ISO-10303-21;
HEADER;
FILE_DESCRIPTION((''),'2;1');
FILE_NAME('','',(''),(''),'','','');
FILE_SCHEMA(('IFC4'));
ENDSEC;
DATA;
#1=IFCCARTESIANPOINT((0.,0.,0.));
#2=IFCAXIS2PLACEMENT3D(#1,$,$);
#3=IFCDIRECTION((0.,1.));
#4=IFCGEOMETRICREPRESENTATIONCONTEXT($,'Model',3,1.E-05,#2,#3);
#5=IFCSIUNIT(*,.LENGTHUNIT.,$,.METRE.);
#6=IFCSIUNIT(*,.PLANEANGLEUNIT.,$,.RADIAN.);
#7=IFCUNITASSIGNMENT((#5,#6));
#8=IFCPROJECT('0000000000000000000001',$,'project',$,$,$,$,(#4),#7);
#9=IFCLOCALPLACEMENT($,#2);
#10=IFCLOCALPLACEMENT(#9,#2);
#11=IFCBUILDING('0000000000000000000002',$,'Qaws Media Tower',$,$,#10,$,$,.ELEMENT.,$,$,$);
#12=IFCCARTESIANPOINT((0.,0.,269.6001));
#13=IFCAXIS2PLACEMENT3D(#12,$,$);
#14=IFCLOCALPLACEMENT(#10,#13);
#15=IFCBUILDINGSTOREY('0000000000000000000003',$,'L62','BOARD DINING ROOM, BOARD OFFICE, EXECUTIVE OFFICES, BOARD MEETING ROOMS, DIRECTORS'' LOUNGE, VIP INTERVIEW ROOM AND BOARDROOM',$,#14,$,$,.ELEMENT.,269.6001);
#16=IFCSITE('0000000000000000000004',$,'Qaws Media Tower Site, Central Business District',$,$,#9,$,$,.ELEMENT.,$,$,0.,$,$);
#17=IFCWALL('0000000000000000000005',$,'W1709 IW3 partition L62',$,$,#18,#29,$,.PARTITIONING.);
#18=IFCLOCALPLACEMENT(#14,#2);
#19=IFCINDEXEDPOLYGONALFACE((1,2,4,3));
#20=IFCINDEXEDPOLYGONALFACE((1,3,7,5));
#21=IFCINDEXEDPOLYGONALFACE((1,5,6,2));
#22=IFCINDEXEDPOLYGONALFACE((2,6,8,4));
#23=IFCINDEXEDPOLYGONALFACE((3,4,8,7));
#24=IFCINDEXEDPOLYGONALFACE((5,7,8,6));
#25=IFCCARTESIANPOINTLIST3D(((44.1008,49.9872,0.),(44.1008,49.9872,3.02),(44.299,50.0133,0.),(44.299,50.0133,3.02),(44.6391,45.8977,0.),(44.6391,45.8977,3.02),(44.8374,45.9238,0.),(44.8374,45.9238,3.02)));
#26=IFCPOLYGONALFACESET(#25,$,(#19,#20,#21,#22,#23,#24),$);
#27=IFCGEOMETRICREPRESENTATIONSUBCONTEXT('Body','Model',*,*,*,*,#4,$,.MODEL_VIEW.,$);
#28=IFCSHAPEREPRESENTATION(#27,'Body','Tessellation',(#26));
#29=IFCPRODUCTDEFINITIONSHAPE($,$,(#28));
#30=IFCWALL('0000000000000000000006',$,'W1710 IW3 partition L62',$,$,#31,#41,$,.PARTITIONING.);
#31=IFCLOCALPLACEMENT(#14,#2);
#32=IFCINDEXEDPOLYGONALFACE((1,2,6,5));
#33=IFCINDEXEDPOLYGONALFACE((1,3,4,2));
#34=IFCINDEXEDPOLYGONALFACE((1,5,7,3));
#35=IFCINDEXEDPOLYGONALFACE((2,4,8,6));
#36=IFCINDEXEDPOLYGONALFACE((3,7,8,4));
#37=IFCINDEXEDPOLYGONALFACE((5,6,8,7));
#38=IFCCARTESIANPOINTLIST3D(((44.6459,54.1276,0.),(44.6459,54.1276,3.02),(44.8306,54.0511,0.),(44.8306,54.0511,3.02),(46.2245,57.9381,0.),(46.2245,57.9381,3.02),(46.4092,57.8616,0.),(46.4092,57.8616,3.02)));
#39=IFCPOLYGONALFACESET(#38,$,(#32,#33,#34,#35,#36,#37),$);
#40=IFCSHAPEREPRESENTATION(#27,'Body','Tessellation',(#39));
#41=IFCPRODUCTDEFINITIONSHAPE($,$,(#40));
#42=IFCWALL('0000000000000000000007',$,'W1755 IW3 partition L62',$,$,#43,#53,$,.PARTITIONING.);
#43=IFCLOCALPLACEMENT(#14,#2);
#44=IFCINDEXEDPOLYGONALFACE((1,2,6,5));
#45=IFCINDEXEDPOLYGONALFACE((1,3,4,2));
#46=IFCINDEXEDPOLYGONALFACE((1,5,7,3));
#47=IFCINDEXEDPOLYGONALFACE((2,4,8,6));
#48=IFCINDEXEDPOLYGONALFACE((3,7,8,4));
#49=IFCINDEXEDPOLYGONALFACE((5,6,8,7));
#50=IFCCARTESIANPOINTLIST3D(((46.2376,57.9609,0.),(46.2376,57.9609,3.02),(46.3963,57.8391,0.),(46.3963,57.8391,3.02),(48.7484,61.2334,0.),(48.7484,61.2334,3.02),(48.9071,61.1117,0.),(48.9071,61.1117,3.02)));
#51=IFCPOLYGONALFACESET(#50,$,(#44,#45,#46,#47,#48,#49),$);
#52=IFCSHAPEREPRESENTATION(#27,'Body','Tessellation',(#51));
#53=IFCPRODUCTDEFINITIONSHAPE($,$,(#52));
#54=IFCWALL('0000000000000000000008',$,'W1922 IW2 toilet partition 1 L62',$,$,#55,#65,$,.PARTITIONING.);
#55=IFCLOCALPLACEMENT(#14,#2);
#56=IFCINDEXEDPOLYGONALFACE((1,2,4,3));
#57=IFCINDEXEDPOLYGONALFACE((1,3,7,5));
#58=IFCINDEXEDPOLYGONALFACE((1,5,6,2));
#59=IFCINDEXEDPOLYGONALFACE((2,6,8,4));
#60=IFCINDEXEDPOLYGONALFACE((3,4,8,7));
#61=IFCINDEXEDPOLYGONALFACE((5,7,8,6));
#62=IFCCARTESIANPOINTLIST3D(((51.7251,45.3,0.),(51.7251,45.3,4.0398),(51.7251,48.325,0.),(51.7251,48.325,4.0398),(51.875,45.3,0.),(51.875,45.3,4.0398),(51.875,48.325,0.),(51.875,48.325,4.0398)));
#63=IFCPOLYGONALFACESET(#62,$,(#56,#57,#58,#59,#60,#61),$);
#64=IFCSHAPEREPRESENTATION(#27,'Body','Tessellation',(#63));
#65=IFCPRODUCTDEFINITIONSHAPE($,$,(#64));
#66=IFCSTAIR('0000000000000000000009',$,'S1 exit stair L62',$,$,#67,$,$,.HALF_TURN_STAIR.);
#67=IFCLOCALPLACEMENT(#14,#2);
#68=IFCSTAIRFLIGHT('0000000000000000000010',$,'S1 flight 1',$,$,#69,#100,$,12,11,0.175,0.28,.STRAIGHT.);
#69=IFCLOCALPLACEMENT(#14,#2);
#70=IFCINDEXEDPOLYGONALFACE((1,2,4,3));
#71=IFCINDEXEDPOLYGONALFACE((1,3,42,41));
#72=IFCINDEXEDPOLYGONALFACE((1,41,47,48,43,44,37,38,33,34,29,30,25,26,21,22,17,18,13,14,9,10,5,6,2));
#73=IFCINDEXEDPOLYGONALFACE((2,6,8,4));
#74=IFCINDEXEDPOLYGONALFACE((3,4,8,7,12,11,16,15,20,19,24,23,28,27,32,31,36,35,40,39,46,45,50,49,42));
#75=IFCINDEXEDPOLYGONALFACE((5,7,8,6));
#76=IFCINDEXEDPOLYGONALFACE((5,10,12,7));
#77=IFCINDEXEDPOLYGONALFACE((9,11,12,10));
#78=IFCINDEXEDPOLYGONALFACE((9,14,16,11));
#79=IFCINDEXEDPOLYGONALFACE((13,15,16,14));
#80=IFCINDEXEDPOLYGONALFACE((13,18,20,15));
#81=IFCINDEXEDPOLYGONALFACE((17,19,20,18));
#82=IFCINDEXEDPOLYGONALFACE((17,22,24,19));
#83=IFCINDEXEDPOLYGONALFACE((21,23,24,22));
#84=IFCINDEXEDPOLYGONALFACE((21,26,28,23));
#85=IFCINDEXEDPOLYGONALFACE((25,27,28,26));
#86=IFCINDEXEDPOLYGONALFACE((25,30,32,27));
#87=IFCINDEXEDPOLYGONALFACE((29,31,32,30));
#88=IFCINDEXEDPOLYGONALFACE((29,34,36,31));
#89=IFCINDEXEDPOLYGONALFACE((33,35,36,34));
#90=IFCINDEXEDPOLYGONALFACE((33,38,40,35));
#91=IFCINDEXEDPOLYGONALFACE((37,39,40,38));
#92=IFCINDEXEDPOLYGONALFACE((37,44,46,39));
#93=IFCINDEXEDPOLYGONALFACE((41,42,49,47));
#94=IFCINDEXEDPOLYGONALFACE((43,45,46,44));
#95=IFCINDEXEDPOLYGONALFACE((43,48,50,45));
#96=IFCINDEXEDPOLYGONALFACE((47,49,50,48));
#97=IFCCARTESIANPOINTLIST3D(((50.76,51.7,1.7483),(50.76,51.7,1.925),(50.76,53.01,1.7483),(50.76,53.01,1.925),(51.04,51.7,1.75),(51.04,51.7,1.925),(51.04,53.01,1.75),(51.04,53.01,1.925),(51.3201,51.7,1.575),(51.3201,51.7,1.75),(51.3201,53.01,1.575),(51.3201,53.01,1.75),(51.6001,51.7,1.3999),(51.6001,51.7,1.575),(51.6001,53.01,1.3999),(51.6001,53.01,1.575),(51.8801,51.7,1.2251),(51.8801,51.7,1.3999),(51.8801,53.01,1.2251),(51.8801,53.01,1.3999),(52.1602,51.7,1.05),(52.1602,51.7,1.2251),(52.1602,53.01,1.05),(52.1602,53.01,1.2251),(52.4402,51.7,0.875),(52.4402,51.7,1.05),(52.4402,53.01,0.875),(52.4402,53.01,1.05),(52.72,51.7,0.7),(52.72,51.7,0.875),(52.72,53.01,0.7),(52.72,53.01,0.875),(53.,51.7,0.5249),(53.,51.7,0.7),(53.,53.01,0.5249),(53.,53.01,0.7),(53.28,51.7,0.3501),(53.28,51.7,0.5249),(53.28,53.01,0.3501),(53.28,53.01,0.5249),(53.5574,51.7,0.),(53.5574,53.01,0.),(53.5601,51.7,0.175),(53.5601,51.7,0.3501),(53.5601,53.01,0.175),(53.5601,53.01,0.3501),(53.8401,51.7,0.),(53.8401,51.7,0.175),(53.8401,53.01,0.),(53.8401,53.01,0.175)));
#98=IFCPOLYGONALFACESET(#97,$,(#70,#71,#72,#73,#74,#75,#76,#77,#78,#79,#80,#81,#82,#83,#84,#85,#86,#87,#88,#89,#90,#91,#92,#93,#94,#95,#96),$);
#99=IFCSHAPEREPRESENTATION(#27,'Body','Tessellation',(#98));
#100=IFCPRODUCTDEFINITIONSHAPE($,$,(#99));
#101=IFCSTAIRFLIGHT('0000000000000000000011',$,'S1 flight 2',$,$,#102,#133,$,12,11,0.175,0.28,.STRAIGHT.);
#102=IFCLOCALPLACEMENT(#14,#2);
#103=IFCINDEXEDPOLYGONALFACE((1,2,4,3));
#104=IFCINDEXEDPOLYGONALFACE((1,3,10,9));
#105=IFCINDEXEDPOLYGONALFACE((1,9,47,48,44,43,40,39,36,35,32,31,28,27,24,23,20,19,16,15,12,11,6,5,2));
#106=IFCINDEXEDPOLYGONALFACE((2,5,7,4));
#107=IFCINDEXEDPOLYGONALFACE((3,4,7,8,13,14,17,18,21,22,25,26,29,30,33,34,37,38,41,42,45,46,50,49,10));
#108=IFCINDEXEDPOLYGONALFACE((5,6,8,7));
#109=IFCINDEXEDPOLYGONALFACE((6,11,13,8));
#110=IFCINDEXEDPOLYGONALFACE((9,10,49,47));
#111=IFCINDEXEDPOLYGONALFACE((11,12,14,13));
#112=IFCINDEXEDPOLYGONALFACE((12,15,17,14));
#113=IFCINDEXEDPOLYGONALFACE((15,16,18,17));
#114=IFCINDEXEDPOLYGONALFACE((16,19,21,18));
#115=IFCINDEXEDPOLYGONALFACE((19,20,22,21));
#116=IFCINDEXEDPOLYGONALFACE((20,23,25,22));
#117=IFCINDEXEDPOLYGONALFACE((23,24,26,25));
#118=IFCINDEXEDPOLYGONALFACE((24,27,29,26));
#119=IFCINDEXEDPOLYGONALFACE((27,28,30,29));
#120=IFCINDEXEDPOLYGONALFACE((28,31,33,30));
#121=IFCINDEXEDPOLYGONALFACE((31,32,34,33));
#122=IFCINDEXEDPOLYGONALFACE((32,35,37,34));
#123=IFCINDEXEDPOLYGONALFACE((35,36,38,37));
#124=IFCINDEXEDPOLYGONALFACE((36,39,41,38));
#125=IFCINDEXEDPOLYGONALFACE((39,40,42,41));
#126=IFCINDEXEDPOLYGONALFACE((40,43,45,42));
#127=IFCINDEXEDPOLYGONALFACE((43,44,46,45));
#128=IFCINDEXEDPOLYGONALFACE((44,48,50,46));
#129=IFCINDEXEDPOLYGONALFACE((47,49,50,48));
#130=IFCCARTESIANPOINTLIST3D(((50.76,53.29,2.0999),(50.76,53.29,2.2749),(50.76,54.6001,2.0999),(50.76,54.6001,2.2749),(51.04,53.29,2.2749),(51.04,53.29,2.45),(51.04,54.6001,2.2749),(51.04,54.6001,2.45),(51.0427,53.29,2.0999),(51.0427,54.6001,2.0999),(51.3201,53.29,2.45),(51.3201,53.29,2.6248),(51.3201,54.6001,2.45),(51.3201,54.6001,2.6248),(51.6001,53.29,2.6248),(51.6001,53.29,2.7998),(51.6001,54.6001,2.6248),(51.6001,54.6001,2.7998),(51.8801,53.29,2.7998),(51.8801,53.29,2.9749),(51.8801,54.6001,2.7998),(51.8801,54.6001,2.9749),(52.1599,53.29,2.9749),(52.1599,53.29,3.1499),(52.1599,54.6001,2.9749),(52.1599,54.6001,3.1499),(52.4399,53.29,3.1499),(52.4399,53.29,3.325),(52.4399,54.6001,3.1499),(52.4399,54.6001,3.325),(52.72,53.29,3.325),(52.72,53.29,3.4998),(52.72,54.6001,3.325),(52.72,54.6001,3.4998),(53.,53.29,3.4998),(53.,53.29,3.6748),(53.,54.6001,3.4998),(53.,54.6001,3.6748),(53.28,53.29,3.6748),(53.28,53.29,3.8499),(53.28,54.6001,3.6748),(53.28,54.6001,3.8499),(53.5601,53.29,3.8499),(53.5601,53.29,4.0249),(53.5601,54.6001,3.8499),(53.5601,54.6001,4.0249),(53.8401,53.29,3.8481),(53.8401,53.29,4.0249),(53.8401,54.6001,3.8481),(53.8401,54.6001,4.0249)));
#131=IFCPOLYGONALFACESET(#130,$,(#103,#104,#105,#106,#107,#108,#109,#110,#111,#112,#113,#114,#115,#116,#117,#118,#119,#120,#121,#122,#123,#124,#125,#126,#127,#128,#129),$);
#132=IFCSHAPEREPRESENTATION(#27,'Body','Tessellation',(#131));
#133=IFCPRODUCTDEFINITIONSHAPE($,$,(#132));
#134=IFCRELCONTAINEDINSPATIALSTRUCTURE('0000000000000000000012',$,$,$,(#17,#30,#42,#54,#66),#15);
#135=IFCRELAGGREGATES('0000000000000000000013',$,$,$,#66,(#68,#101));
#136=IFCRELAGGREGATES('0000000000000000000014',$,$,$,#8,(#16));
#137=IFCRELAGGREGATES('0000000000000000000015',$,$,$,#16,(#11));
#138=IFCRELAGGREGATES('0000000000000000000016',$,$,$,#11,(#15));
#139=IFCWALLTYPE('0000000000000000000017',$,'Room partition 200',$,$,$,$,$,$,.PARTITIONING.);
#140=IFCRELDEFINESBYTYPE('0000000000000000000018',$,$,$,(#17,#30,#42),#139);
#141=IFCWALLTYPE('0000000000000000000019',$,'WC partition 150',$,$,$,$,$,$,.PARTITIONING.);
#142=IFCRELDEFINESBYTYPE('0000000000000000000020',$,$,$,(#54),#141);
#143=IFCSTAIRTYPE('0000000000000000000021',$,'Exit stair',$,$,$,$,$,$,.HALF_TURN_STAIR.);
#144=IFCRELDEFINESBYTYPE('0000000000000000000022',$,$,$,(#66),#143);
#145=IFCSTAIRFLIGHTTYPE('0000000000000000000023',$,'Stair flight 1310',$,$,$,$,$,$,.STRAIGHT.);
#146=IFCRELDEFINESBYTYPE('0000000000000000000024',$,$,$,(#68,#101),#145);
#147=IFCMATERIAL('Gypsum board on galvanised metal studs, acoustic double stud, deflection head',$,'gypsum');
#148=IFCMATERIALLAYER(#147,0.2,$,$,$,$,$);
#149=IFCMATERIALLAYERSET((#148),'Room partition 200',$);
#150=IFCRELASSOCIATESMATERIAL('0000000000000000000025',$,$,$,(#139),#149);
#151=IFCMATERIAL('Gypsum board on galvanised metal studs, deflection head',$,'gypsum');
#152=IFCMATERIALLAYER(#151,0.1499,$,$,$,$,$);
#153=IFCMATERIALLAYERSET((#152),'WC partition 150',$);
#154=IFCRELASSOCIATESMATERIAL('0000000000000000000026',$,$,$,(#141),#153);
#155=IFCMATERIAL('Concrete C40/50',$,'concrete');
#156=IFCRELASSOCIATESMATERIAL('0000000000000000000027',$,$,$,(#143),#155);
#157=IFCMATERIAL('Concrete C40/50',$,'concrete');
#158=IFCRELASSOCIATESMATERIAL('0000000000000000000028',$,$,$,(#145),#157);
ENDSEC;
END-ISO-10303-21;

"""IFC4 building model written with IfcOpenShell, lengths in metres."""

from ifc_helpers import new_model, si_unit, direction, frame, frame_2d, origin, place, context, subcontext, project, spatial, polyline, rectangle, outline, extrude, material, layer, layer_set, type_object, element, aggregate, save


model = new_model("IFC4")

# Units and contexts
model_context = context("Model", 3, precision=1e-05, world=origin(), true_north=direction((0.0, 1.0)))
body_context = subcontext(model_context, "Body", "Model", "MODEL_VIEW")
ifc_project = project(units=[si_unit("LENGTHUNIT", "METRE"), si_unit("PLANEANGLEUNIT", "RADIAN")], contexts=[model_context])

# Site, building, storey
site_placement = place(None, origin())
site = spatial("IfcSite", under=ifc_project, at=site_placement, Name="Qaws Media Tower Site, Central Business District", CompositionType="ELEMENT", RefElevation=0.0)
building_placement = place(site_placement, origin())
building = spatial("IfcBuilding", under=site, at=building_placement, Name="Qaws Media Tower", CompositionType="ELEMENT")
storey_placement = place(building_placement, frame((0.0, 0.0, 269.6001)))
storey = spatial("IfcBuildingStorey", under=building, at=storey_placement, Name="L62", Description="BOARD DINING ROOM, BOARD OFFICE, EXECUTIVE OFFICES, BOARD MEETING ROOMS, DIRECTORS' LOUNGE, VIP INTERVIEW ROOM AND BOARDROOM", CompositionType="ELEMENT", Elevation=269.6001)

# Walls
ifc_material_1 = material(Name="Gypsum board on galvanised metal studs, acoustic double stud, deflection head", Category="gypsum")
ifc_layer_1 = layer(ifc_material_1, 0.2)
ifc_layer_set_1 = layer_set([ifc_layer_1], Name="Room partition 200")
wall_type_1 = type_object("IfcWallType", Name="Room partition 200", PredefinedType="PARTITIONING", material=ifc_layer_set_1)
wall_1_placement = place(storey_placement, frame((44.7383, 45.9106, 0.0), z_axis=(0.0, 0.0, 1.0), x_axis=(-0.130516, 0.991446, 0.0)))
element("IfcWall", 1, at=wall_1_placement, inside=storey, type_object=wall_type_1, Name="W1709 IW3 partition L62", PredefinedType="PARTITIONING", context=body_context, shape_type="SweptSolid", body=[
    extrude(rectangle(XDim=4.1248, YDim=0.2, at=frame_2d((2.0625, 0.0))), origin(), (0.0, 0.0, 1.0), 3.02),
])
wall_2_placement = place(storey_placement, frame((44.7383, 54.0894, 0.0), z_axis=(0.0, 0.0, 1.0), x_axis=(0.382732, 0.92386, 0.0)))
element("IfcWall", 2, at=wall_2_placement, inside=storey, type_object=wall_type_1, Name="W1710 IW3 partition L62", PredefinedType="PARTITIONING", context=body_context, shape_type="SweptSolid", body=[
    extrude(rectangle(XDim=4.1245, YDim=0.2, at=frame_2d((2.0623, 0.0))), origin(), (0.0, 0.0, 1.0), 3.02),
])
wall_3_placement = place(storey_placement, frame((46.3169, 57.8999, 0.0), z_axis=(0.0, 0.0, 1.0), x_axis=(0.608715, 0.793389, 0.0)))
element("IfcWall", 3, at=wall_3_placement, inside=storey, type_object=wall_type_1, Name="W1755 IW3 partition L62", PredefinedType="PARTITIONING", context=body_context, shape_type="SweptSolid", body=[
    extrude(rectangle(XDim=4.1248, YDim=0.2, at=frame_2d((2.0625, 0.0))), origin(), (0.0, 0.0, 1.0), 3.02),
])
ifc_material_2 = material(Name="Gypsum board on galvanised metal studs, deflection head", Category="gypsum")
ifc_layer_2 = layer(ifc_material_2, 0.1499)
ifc_layer_set_2 = layer_set([ifc_layer_2], Name="WC partition 150")
wall_type_2 = type_object("IfcWallType", Name="WC partition 150", PredefinedType="PARTITIONING", material=ifc_layer_set_2)
wall_4_placement = place(storey_placement, frame((51.8, 45.3, 0.0), z_axis=(0.0, 0.0, 1.0), x_axis=(0.0, 1.0, 0.0)))
element("IfcWall", 4, at=wall_4_placement, inside=storey, type_object=wall_type_2, Name="W1922 IW2 toilet partition 1 L62", PredefinedType="PARTITIONING", context=body_context, shape_type="SweptSolid", body=[
    extrude(rectangle(XDim=3.0249, YDim=0.1499, at=frame_2d((1.5125, 0.0))), origin(), (0.0, 0.0, 1.0), 4.0398),
])

# Stair, stair flights
ifc_material_3 = material(Name="Concrete C40/50", Category="concrete")
stair_type = type_object("IfcStairType", Name="Exit stair", PredefinedType="HALF_TURN_STAIR", material=ifc_material_3)
stair_placement = place(storey_placement, origin())
stair = element("IfcStair", 5, at=stair_placement, inside=storey, type_object=stair_type, Name="S1 exit stair L62", PredefinedType="HALF_TURN_STAIR")
ifc_material_4 = material(Name="Concrete C40/50", Category="concrete")
stair_flight_type = type_object("IfcStairFlightType", Name="Stair flight 1310", PredefinedType="STRAIGHT", material=ifc_material_4)
stair_flight_1_placement = place(storey_placement, frame((53.8401, 52.355, 0.0), z_axis=(0.0, 0.0, 1.0), x_axis=(-1.0, 0.0, 0.0)))
stair_flight_1 = element("IfcStairFlight", 6, at=stair_flight_1_placement, type_object=stair_flight_type, Name="S1 flight 1", NumberOfRisers=12, NumberOfTreads=11, PredefinedType="STRAIGHT", RiserHeight=0.175, TreadLength=0.28, context=body_context, shape_type="SweptSolid", body=[
    extrude(outline(polyline([(0.0, 0.0), (0.0, 0.175), (0.28, 0.175), (0.28, 0.3501), (0.5601, 0.3501), (0.5601, 0.5249), (0.8401, 0.5249), (0.8401, 0.7), (1.1201, 0.7), (1.1201, 0.875), (1.3999, 0.875), (1.3999, 1.05), (1.6799, 1.05), (1.6799, 1.2251), (1.96, 1.2251), (1.96, 1.3999), (2.24, 1.3999), (2.24, 1.575), (2.52, 1.575), (2.52, 1.75), (2.8, 1.75), (2.8, 1.925), (3.0801, 1.925), (3.0801, 2.1001), (3.0801, 1.7483), (0.2827, 0.0), (0.0, 0.0)])), frame((0.0, 0.655, 0.0), z_axis=(0.0, -1.0, 0.0), x_axis=(1.0, 0.0, 0.0)), (0.0, 0.0, 1.0), 1.3101),
])
stair_flight_2_placement = place(storey_placement, frame((50.76, 53.9451, 2.0999), z_axis=(0.0, 0.0, 1.0), x_axis=(1.0, 0.0, 0.0)))
stair_flight_2 = element("IfcStairFlight", 7, at=stair_flight_2_placement, type_object=stair_flight_type, Name="S1 flight 2", NumberOfRisers=12, NumberOfTreads=11, PredefinedType="STRAIGHT", RiserHeight=0.175, TreadLength=0.28, context=body_context, shape_type="SweptSolid", body=[
    extrude(outline(polyline([(0.0, 0.0), (0.0, 0.175), (0.28, 0.175), (0.28, 0.3501), (0.5601, 0.3501), (0.5601, 0.5249), (0.8401, 0.5249), (0.8401, 0.7), (1.1201, 0.7), (1.1201, 0.875), (1.3999, 0.875), (1.3999, 1.05), (1.6799, 1.05), (1.6799, 1.2251), (1.96, 1.2251), (1.96, 1.3999), (2.24, 1.3999), (2.24, 1.575), (2.52, 1.575), (2.52, 1.75), (2.8, 1.75), (2.8, 1.925), (3.0801, 1.925), (3.0801, 2.1001), (3.0801, 1.7483), (0.2827, 0.0), (0.0, 0.0)])), frame((0.0, 0.655, 0.0), z_axis=(0.0, -1.0, 0.0), x_axis=(1.0, 0.0, 0.0)), (0.0, 0.0, 1.0), 1.3101),
])
aggregate(stair, [stair_flight_1, stair_flight_2])

save(model, "model.ifc")
